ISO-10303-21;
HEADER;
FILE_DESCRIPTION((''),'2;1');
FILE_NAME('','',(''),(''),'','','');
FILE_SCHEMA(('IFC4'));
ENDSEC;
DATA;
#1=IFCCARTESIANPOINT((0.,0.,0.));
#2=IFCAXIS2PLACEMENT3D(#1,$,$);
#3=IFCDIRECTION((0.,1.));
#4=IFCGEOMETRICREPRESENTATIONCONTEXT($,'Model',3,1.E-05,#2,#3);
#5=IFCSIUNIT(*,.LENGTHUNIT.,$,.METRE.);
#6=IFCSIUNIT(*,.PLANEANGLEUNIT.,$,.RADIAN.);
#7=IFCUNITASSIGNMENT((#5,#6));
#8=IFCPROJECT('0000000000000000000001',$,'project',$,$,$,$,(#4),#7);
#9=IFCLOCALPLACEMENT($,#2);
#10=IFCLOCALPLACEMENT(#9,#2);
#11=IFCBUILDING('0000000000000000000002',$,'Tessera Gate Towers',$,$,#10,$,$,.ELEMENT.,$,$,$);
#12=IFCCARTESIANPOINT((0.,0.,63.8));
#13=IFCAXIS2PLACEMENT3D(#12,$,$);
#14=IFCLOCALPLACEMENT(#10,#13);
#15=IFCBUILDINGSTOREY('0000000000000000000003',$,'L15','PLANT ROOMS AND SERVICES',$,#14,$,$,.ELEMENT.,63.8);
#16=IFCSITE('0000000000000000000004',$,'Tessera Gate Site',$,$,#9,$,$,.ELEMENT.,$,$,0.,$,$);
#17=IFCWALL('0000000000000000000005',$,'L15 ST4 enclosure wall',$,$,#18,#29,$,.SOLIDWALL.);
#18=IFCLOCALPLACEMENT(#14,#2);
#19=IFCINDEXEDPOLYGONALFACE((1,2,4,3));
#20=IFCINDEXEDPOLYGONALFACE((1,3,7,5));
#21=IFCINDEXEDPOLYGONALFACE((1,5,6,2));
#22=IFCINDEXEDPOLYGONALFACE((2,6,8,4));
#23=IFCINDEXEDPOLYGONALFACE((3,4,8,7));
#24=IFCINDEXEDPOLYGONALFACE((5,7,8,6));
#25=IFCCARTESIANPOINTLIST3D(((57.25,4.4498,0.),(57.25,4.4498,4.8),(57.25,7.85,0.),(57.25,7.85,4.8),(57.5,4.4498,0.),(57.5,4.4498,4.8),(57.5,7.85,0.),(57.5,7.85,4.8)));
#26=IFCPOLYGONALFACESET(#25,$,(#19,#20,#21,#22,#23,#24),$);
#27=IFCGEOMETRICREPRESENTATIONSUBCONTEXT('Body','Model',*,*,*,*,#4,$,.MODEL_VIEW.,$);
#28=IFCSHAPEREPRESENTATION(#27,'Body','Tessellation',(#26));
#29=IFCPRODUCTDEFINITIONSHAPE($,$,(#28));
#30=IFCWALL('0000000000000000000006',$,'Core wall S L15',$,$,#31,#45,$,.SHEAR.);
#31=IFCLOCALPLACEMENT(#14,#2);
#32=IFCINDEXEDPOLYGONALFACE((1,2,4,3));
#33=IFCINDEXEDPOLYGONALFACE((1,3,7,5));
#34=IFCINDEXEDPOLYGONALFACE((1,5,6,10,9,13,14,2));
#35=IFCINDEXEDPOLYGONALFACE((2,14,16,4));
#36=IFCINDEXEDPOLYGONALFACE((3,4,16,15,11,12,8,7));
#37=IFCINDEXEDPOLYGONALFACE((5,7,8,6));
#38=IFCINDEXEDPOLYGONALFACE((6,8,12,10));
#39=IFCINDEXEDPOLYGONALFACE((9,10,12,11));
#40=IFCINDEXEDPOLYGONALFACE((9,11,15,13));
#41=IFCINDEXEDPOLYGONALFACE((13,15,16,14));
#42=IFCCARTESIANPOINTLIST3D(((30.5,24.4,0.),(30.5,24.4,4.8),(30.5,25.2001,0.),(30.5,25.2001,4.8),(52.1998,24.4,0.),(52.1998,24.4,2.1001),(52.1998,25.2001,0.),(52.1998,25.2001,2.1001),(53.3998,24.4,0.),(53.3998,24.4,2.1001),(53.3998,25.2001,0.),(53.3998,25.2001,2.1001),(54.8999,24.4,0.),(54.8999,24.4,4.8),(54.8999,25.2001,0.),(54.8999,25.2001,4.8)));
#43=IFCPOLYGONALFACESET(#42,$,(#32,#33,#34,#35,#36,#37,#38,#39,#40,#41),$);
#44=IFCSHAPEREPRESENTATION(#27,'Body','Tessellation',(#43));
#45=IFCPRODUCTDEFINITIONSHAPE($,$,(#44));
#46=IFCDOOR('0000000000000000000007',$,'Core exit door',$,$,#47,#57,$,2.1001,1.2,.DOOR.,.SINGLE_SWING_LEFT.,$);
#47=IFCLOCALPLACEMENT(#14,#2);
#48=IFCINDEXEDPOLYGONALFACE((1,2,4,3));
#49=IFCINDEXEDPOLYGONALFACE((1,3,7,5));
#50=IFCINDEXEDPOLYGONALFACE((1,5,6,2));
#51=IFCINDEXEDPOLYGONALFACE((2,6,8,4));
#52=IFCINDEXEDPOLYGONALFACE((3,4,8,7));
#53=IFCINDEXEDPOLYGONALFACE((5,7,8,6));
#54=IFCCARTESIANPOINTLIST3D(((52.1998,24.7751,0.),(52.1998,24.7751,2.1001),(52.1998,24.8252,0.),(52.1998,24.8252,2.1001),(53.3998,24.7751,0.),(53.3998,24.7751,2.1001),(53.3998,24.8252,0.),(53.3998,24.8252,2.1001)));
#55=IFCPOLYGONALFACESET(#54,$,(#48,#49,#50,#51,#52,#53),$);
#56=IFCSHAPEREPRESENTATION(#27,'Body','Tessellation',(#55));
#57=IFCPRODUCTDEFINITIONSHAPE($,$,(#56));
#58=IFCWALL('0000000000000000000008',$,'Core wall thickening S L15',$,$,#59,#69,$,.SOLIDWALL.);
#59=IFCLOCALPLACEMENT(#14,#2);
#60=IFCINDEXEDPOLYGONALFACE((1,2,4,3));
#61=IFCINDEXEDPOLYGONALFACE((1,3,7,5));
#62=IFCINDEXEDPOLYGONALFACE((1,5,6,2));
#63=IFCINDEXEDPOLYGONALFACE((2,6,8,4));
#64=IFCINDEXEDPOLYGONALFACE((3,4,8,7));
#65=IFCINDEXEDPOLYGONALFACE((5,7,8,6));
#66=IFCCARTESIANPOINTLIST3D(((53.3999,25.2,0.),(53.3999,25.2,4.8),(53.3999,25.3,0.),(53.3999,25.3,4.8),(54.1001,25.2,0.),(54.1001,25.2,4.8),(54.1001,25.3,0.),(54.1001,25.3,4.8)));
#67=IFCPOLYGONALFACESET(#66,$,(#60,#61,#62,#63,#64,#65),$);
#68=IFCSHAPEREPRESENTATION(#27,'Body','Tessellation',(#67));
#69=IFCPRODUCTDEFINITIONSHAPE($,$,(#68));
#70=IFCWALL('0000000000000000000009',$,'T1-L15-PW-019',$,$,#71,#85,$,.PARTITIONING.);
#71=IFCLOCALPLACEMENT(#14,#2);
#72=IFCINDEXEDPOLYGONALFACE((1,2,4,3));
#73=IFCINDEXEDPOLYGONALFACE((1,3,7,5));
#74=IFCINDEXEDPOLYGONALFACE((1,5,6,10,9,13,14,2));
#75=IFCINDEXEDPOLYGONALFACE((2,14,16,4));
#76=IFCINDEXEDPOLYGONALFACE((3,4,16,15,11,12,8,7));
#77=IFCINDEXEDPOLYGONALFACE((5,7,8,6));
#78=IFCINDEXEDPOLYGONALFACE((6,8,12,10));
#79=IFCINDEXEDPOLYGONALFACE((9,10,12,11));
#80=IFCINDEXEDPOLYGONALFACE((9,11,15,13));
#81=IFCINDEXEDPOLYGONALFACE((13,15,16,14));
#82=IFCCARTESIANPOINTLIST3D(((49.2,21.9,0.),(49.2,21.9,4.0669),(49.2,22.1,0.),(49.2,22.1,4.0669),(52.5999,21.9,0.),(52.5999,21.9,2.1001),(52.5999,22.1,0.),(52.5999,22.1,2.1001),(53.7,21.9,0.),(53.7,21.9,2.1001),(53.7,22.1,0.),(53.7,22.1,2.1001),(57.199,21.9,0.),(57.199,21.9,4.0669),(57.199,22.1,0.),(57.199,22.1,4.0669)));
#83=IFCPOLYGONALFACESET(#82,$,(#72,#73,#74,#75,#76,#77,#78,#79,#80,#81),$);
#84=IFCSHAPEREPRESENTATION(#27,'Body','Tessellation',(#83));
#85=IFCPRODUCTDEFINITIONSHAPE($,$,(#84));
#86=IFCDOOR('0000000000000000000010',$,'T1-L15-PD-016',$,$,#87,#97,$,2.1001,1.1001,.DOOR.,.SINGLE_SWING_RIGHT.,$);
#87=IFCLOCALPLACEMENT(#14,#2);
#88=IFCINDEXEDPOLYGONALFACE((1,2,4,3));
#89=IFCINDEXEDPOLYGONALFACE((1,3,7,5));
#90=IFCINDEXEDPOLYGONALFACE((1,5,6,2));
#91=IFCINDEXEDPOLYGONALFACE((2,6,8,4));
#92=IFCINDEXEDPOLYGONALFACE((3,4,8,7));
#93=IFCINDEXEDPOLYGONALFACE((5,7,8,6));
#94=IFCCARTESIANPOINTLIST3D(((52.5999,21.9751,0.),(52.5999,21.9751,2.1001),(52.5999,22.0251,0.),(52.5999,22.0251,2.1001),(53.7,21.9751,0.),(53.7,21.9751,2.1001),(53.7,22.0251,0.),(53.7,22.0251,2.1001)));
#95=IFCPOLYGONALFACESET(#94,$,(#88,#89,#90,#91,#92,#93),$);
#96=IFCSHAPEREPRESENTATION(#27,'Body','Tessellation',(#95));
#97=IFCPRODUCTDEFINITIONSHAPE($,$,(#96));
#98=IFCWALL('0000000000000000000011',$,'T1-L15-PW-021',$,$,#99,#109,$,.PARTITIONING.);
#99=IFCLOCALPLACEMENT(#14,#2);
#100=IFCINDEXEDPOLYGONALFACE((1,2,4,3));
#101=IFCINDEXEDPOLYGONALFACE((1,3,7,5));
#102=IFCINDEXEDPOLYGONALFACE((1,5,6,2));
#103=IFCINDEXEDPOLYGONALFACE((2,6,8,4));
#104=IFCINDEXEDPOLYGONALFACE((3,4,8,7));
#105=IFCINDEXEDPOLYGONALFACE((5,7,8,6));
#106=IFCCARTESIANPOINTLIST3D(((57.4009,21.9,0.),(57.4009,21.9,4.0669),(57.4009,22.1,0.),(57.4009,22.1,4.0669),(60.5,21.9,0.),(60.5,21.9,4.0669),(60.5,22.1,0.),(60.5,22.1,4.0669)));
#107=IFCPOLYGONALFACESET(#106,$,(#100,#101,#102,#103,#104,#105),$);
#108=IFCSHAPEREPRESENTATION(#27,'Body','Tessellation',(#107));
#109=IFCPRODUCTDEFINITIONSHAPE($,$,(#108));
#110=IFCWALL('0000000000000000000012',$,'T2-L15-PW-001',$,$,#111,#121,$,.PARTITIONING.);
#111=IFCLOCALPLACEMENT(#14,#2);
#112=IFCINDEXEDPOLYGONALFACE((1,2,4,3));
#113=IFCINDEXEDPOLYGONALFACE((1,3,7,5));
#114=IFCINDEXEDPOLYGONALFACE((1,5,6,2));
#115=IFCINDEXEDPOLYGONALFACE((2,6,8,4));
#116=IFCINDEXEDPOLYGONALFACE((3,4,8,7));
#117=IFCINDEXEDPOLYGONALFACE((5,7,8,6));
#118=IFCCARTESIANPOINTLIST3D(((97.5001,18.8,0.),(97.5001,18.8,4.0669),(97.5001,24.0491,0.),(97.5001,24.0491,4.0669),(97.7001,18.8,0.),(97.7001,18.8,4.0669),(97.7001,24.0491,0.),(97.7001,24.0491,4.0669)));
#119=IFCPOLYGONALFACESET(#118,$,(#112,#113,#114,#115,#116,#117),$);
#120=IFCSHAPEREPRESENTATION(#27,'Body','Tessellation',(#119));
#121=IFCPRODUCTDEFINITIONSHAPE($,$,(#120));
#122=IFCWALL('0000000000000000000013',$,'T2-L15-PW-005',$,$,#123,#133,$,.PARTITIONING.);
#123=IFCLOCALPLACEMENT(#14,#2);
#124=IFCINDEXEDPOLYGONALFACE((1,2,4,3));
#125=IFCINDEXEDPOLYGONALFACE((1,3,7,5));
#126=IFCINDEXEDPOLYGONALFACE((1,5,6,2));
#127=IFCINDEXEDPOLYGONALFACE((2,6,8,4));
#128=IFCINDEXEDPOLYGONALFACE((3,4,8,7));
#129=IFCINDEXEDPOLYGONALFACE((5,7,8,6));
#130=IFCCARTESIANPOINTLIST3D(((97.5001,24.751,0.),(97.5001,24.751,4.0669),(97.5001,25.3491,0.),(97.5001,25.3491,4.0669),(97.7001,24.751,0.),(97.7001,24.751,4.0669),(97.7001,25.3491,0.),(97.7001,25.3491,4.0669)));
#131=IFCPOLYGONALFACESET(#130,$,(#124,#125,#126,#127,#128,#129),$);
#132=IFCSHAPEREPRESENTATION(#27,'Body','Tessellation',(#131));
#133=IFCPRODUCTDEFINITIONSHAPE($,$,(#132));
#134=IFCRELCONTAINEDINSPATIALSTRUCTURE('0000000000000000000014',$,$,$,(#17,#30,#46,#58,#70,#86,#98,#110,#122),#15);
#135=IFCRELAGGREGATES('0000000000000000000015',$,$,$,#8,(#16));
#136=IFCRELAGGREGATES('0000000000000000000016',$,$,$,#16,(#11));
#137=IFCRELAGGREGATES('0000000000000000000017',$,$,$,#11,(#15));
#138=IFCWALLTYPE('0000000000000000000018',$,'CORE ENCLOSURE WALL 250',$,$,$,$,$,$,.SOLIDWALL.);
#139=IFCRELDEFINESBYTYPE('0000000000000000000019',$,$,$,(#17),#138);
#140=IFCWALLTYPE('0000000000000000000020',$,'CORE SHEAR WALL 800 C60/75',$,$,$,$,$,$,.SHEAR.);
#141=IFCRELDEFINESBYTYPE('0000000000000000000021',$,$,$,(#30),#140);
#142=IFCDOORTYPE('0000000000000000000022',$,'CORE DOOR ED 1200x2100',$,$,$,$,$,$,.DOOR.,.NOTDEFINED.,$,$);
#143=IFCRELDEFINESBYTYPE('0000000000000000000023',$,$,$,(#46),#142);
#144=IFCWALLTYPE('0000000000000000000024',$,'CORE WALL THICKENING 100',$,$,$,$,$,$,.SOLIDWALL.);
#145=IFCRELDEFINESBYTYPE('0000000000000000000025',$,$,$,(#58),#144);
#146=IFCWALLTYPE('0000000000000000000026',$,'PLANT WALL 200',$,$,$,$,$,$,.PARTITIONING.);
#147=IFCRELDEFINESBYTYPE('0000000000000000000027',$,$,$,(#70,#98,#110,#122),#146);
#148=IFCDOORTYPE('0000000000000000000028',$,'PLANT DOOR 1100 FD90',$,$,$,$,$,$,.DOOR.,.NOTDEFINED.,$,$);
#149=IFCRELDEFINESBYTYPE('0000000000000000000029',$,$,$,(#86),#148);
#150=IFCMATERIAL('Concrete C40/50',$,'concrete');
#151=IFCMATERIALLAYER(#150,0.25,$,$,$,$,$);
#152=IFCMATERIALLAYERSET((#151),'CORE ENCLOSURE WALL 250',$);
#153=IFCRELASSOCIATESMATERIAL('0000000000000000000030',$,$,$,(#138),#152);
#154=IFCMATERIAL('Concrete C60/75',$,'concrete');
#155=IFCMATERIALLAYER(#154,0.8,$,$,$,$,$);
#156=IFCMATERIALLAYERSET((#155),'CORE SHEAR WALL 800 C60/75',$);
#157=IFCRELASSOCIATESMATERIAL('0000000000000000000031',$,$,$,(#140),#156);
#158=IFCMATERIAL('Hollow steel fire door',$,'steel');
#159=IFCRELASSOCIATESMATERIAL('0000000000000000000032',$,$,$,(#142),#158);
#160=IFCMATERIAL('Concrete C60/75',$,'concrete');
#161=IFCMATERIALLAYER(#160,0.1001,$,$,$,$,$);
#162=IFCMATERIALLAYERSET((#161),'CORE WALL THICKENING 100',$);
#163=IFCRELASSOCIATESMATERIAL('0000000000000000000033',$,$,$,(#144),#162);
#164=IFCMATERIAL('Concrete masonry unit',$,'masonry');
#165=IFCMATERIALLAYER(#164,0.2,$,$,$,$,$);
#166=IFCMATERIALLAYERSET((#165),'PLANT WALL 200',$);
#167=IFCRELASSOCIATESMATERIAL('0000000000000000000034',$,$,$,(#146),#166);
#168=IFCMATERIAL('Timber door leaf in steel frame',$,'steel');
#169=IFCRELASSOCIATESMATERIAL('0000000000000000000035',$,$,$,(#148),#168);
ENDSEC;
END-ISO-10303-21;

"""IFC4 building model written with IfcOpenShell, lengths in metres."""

from ifc_helpers import new_model, si_unit, direction, frame, frame_2d, origin, place, context, subcontext, project, spatial, rectangle, extrude, source, transform, mapped, material, layer, layer_set, type_object, element, fill, save


model = new_model("IFC4")

# Units and contexts
model_context = context("Model", 3, precision=1e-05, world=origin(), true_north=direction((0.0, 1.0)))
body_context = subcontext(model_context, "Body", "Model", "MODEL_VIEW")
ifc_project = project(units=[si_unit("LENGTHUNIT", "METRE"), si_unit("PLANEANGLEUNIT", "RADIAN")], contexts=[model_context])

# Site, building, storey
site_placement = place(None, origin())
site = spatial("IfcSite", under=ifc_project, at=site_placement, Name="Tessera Gate Site", CompositionType="ELEMENT", RefElevation=0.0)
building_placement = place(site_placement, origin())
building = spatial("IfcBuilding", under=site, at=building_placement, Name="Tessera Gate Towers", CompositionType="ELEMENT")
storey_placement = place(building_placement, frame((0.0, 0.0, 63.8)))
storey = spatial("IfcBuildingStorey", under=building, at=storey_placement, Name="L15", Description="PLANT ROOMS AND SERVICES", CompositionType="ELEMENT", Elevation=63.8)

# Shared definitions
ifc_material_1 = material(Name="Concrete C40/50", Category="concrete")
ifc_layer_1 = layer(ifc_material_1, 0.25)
ifc_layer_set_1 = layer_set([ifc_layer_1], Name="CORE ENCLOSURE WALL 250")
wall_type_1 = type_object("IfcWallType", Name="CORE ENCLOSURE WALL 250", PredefinedType="SOLIDWALL", material=ifc_layer_set_1)
shared_shape_1 = source(origin(), body_context, "Body", "SweptSolid", [
    extrude(rectangle(XDim=1.2, YDim=2.1001, at=frame_2d((0.6001, 1.05))), frame((0.0, 0.0249, 0.0), z_axis=(0.0, -1.0, 0.0), x_axis=(1.0, 0.0, 0.0)), (0.0, 0.0, 1.0), 0.05),
])

# Wall
wall_1_placement = place(storey_placement, frame((57.375, 7.8501, 0.0), z_axis=(0.0, 0.0, 1.0), x_axis=(0.0, -1.0, 0.0)))
element("IfcWall", 1, at=wall_1_placement, inside=storey, type_object=wall_type_1, Name="L15 ST4 enclosure wall", PredefinedType="SOLIDWALL", context=body_context, shape_type="SweptSolid", body=[
    extrude(rectangle(XDim=3.4001, YDim=0.25, at=frame_2d((1.7002, 0.0))), origin(), (0.0, 0.0, 1.0), 4.8),
])

# Wall, opening, door
ifc_material_2 = material(Name="Concrete C60/75", Category="concrete")
ifc_layer_2 = layer(ifc_material_2, 0.8)
ifc_layer_set_2 = layer_set([ifc_layer_2], Name="CORE SHEAR WALL 800 C60/75")
wall_type_2 = type_object("IfcWallType", Name="CORE SHEAR WALL 800 C60/75", PredefinedType="SHEAR", material=ifc_layer_set_2)
wall_2_placement = place(storey_placement, frame((54.8999, 24.8, 0.0), z_axis=(0.0, 0.0, 1.0), x_axis=(-1.0, 0.0, 0.0)))
wall_2 = element("IfcWall", 2, at=wall_2_placement, inside=storey, type_object=wall_type_2, Name="Core wall S L15", PredefinedType="SHEAR", context=body_context, shape_type="SweptSolid", body=[
    extrude(rectangle(XDim=24.3999, YDim=0.8, at=frame_2d((12.2, 0.0))), origin(), (0.0, 0.0, 1.0), 4.8),
])
shared_shape_2 = source(origin(), body_context, "Body", "SweptSolid", [
    extrude(rectangle(XDim=1.2, YDim=2.1001, at=frame_2d((0.6001, 1.05))), frame((0.0, 0.4099, 0.0), z_axis=(0.0, -1.0, 0.0), x_axis=(1.0, 0.0, 0.0)), (0.0, 0.0, 1.0), 0.8201),
])
opening_1_placement = place(wall_2_placement, frame((1.5, 0.0, 0.0)))
opening_1 = element("IfcOpeningElement", 3, at=opening_1_placement, cuts=wall_2, PredefinedType="OPENING", context=body_context, shape_type="MappedRepresentation", body=[
    mapped(shared_shape_2, transform((0.0, 0.0, 0.0), scale=1.0)),
])
ifc_material_3 = material(Name="Hollow steel fire door", Category="steel")
door_type_1 = type_object("IfcDoorType", Name="CORE DOOR ED 1200x2100", OperationType="NOTDEFINED", PredefinedType="DOOR", material=ifc_material_3)
door_1_placement = place(opening_1_placement, origin())
door_1 = element("IfcDoor", 4, at=door_1_placement, inside=storey, type_object=door_type_1, Name="Core exit door", OperationType="SINGLE_SWING_LEFT", OverallHeight=2.1001, OverallWidth=1.2, PredefinedType="DOOR", context=body_context, shape_type="MappedRepresentation", body=[
    mapped(shared_shape_1, transform((0.0, 0.0, 0.0), scale=1.0)),
])
fill(opening_1, door_1)

# Wall
ifc_material_4 = material(Name="Concrete C60/75", Category="concrete")
ifc_layer_3 = layer(ifc_material_4, 0.1001)
ifc_layer_set_3 = layer_set([ifc_layer_3], Name="CORE WALL THICKENING 100")
wall_type_3 = type_object("IfcWallType", Name="CORE WALL THICKENING 100", PredefinedType="SOLIDWALL", material=ifc_layer_set_3)
wall_3_placement = place(storey_placement, frame((53.3999, 25.25, 0.0), z_axis=(0.0, 0.0, 1.0), x_axis=(1.0, 0.0, 0.0)))
element("IfcWall", 5, at=wall_3_placement, inside=storey, type_object=wall_type_3, Name="Core wall thickening S L15", PredefinedType="SOLIDWALL", context=body_context, shape_type="SweptSolid", body=[
    extrude(rectangle(XDim=0.7002, YDim=0.1001, at=frame_2d((0.3501, 0.0))), origin(), (0.0, 0.0, 1.0), 4.8),
])

# Wall, opening, door
ifc_material_5 = material(Name="Concrete masonry unit", Category="masonry")
ifc_layer_4 = layer(ifc_material_5, 0.2)
ifc_layer_set_4 = layer_set([ifc_layer_4], Name="PLANT WALL 200")
wall_type_4 = type_object("IfcWallType", Name="PLANT WALL 200", PredefinedType="PARTITIONING", material=ifc_layer_set_4)
wall_4_placement = place(storey_placement, frame((57.199, 22.0, 0.0), z_axis=(0.0, 0.0, 1.0), x_axis=(-1.0, 0.0, 0.0)))
wall_4 = element("IfcWall", 6, at=wall_4_placement, inside=storey, type_object=wall_type_4, Name="T1-L15-PW-019", PredefinedType="PARTITIONING", context=body_context, shape_type="SweptSolid", body=[
    extrude(rectangle(XDim=7.999, YDim=0.2, at=frame_2d((3.9995, 0.0))), origin(), (0.0, 0.0, 1.0), 4.0669),
])
shared_shape_3 = source(origin(), body_context, "Body", "SweptSolid", [
    extrude(rectangle(XDim=1.1001, YDim=2.1001, at=frame_2d((0.55, 1.05))), frame((0.0, 0.1099, 0.0), z_axis=(0.0, -1.0, 0.0), x_axis=(1.0, 0.0, 0.0)), (0.0, 0.0, 1.0), 0.22),
])
opening_2_placement = place(wall_4_placement, frame((3.499, 0.0, 0.0)))
opening_2 = element("IfcOpeningElement", 7, at=opening_2_placement, cuts=wall_4, PredefinedType="OPENING", context=body_context, shape_type="MappedRepresentation", body=[
    mapped(shared_shape_3, transform((0.0, 0.0, 0.0), scale=1.0)),
])
ifc_material_6 = material(Name="Timber door leaf in steel frame", Category="steel")
door_type_2 = type_object("IfcDoorType", Name="PLANT DOOR 1100 FD90", OperationType="NOTDEFINED", PredefinedType="DOOR", material=ifc_material_6)
shared_shape_4 = source(origin(), body_context, "Body", "SweptSolid", [
    extrude(rectangle(XDim=1.1001, YDim=2.1001, at=frame_2d((0.55, 1.05))), frame((0.0, 0.0249, 0.0), z_axis=(0.0, -1.0, 0.0), x_axis=(1.0, 0.0, 0.0)), (0.0, 0.0, 1.0), 0.05),
])
door_2_placement = place(opening_2_placement, origin())
door_2 = element("IfcDoor", 8, at=door_2_placement, inside=storey, type_object=door_type_2, Name="T1-L15-PD-016", OperationType="SINGLE_SWING_RIGHT", OverallHeight=2.1001, OverallWidth=1.1001, PredefinedType="DOOR", context=body_context, shape_type="MappedRepresentation", body=[
    mapped(shared_shape_4, transform((0.0, 0.0, 0.0), scale=1.0)),
])
fill(opening_2, door_2)

# Walls
wall_5_placement = place(storey_placement, frame((57.4009, 22.0, 0.0), z_axis=(0.0, 0.0, 1.0), x_axis=(1.0, 0.0, 0.0)))
element("IfcWall", 9, at=wall_5_placement, inside=storey, type_object=wall_type_4, Name="T1-L15-PW-021", PredefinedType="PARTITIONING", context=body_context, shape_type="SweptSolid", body=[
    extrude(rectangle(XDim=3.0991, YDim=0.2, at=frame_2d((1.5496, 0.0))), origin(), (0.0, 0.0, 1.0), 4.0669),
])
wall_6_placement = place(storey_placement, frame((97.6001, 18.8, 0.0), z_axis=(0.0, 0.0, 1.0), x_axis=(0.0, 1.0, 0.0)))
element("IfcWall", 10, at=wall_6_placement, inside=storey, type_object=wall_type_4, Name="T2-L15-PW-001", PredefinedType="PARTITIONING", context=body_context, shape_type="SweptSolid", body=[
    extrude(rectangle(XDim=5.249, YDim=0.2, at=frame_2d((2.6245, 0.0))), origin(), (0.0, 0.0, 1.0), 4.0669),
])
wall_7_placement = place(storey_placement, frame((97.6001, 24.751, 0.0), z_axis=(0.0, 0.0, 1.0), x_axis=(0.0, 1.0, 0.0)))
element("IfcWall", 11, at=wall_7_placement, inside=storey, type_object=wall_type_4, Name="T2-L15-PW-005", PredefinedType="PARTITIONING", context=body_context, shape_type="SweptSolid", body=[
    extrude(rectangle(XDim=0.5981, YDim=0.2, at=frame_2d((0.2991, 0.0))), origin(), (0.0, 0.0, 1.0), 4.0669),
])

save(model, "model.ifc")
